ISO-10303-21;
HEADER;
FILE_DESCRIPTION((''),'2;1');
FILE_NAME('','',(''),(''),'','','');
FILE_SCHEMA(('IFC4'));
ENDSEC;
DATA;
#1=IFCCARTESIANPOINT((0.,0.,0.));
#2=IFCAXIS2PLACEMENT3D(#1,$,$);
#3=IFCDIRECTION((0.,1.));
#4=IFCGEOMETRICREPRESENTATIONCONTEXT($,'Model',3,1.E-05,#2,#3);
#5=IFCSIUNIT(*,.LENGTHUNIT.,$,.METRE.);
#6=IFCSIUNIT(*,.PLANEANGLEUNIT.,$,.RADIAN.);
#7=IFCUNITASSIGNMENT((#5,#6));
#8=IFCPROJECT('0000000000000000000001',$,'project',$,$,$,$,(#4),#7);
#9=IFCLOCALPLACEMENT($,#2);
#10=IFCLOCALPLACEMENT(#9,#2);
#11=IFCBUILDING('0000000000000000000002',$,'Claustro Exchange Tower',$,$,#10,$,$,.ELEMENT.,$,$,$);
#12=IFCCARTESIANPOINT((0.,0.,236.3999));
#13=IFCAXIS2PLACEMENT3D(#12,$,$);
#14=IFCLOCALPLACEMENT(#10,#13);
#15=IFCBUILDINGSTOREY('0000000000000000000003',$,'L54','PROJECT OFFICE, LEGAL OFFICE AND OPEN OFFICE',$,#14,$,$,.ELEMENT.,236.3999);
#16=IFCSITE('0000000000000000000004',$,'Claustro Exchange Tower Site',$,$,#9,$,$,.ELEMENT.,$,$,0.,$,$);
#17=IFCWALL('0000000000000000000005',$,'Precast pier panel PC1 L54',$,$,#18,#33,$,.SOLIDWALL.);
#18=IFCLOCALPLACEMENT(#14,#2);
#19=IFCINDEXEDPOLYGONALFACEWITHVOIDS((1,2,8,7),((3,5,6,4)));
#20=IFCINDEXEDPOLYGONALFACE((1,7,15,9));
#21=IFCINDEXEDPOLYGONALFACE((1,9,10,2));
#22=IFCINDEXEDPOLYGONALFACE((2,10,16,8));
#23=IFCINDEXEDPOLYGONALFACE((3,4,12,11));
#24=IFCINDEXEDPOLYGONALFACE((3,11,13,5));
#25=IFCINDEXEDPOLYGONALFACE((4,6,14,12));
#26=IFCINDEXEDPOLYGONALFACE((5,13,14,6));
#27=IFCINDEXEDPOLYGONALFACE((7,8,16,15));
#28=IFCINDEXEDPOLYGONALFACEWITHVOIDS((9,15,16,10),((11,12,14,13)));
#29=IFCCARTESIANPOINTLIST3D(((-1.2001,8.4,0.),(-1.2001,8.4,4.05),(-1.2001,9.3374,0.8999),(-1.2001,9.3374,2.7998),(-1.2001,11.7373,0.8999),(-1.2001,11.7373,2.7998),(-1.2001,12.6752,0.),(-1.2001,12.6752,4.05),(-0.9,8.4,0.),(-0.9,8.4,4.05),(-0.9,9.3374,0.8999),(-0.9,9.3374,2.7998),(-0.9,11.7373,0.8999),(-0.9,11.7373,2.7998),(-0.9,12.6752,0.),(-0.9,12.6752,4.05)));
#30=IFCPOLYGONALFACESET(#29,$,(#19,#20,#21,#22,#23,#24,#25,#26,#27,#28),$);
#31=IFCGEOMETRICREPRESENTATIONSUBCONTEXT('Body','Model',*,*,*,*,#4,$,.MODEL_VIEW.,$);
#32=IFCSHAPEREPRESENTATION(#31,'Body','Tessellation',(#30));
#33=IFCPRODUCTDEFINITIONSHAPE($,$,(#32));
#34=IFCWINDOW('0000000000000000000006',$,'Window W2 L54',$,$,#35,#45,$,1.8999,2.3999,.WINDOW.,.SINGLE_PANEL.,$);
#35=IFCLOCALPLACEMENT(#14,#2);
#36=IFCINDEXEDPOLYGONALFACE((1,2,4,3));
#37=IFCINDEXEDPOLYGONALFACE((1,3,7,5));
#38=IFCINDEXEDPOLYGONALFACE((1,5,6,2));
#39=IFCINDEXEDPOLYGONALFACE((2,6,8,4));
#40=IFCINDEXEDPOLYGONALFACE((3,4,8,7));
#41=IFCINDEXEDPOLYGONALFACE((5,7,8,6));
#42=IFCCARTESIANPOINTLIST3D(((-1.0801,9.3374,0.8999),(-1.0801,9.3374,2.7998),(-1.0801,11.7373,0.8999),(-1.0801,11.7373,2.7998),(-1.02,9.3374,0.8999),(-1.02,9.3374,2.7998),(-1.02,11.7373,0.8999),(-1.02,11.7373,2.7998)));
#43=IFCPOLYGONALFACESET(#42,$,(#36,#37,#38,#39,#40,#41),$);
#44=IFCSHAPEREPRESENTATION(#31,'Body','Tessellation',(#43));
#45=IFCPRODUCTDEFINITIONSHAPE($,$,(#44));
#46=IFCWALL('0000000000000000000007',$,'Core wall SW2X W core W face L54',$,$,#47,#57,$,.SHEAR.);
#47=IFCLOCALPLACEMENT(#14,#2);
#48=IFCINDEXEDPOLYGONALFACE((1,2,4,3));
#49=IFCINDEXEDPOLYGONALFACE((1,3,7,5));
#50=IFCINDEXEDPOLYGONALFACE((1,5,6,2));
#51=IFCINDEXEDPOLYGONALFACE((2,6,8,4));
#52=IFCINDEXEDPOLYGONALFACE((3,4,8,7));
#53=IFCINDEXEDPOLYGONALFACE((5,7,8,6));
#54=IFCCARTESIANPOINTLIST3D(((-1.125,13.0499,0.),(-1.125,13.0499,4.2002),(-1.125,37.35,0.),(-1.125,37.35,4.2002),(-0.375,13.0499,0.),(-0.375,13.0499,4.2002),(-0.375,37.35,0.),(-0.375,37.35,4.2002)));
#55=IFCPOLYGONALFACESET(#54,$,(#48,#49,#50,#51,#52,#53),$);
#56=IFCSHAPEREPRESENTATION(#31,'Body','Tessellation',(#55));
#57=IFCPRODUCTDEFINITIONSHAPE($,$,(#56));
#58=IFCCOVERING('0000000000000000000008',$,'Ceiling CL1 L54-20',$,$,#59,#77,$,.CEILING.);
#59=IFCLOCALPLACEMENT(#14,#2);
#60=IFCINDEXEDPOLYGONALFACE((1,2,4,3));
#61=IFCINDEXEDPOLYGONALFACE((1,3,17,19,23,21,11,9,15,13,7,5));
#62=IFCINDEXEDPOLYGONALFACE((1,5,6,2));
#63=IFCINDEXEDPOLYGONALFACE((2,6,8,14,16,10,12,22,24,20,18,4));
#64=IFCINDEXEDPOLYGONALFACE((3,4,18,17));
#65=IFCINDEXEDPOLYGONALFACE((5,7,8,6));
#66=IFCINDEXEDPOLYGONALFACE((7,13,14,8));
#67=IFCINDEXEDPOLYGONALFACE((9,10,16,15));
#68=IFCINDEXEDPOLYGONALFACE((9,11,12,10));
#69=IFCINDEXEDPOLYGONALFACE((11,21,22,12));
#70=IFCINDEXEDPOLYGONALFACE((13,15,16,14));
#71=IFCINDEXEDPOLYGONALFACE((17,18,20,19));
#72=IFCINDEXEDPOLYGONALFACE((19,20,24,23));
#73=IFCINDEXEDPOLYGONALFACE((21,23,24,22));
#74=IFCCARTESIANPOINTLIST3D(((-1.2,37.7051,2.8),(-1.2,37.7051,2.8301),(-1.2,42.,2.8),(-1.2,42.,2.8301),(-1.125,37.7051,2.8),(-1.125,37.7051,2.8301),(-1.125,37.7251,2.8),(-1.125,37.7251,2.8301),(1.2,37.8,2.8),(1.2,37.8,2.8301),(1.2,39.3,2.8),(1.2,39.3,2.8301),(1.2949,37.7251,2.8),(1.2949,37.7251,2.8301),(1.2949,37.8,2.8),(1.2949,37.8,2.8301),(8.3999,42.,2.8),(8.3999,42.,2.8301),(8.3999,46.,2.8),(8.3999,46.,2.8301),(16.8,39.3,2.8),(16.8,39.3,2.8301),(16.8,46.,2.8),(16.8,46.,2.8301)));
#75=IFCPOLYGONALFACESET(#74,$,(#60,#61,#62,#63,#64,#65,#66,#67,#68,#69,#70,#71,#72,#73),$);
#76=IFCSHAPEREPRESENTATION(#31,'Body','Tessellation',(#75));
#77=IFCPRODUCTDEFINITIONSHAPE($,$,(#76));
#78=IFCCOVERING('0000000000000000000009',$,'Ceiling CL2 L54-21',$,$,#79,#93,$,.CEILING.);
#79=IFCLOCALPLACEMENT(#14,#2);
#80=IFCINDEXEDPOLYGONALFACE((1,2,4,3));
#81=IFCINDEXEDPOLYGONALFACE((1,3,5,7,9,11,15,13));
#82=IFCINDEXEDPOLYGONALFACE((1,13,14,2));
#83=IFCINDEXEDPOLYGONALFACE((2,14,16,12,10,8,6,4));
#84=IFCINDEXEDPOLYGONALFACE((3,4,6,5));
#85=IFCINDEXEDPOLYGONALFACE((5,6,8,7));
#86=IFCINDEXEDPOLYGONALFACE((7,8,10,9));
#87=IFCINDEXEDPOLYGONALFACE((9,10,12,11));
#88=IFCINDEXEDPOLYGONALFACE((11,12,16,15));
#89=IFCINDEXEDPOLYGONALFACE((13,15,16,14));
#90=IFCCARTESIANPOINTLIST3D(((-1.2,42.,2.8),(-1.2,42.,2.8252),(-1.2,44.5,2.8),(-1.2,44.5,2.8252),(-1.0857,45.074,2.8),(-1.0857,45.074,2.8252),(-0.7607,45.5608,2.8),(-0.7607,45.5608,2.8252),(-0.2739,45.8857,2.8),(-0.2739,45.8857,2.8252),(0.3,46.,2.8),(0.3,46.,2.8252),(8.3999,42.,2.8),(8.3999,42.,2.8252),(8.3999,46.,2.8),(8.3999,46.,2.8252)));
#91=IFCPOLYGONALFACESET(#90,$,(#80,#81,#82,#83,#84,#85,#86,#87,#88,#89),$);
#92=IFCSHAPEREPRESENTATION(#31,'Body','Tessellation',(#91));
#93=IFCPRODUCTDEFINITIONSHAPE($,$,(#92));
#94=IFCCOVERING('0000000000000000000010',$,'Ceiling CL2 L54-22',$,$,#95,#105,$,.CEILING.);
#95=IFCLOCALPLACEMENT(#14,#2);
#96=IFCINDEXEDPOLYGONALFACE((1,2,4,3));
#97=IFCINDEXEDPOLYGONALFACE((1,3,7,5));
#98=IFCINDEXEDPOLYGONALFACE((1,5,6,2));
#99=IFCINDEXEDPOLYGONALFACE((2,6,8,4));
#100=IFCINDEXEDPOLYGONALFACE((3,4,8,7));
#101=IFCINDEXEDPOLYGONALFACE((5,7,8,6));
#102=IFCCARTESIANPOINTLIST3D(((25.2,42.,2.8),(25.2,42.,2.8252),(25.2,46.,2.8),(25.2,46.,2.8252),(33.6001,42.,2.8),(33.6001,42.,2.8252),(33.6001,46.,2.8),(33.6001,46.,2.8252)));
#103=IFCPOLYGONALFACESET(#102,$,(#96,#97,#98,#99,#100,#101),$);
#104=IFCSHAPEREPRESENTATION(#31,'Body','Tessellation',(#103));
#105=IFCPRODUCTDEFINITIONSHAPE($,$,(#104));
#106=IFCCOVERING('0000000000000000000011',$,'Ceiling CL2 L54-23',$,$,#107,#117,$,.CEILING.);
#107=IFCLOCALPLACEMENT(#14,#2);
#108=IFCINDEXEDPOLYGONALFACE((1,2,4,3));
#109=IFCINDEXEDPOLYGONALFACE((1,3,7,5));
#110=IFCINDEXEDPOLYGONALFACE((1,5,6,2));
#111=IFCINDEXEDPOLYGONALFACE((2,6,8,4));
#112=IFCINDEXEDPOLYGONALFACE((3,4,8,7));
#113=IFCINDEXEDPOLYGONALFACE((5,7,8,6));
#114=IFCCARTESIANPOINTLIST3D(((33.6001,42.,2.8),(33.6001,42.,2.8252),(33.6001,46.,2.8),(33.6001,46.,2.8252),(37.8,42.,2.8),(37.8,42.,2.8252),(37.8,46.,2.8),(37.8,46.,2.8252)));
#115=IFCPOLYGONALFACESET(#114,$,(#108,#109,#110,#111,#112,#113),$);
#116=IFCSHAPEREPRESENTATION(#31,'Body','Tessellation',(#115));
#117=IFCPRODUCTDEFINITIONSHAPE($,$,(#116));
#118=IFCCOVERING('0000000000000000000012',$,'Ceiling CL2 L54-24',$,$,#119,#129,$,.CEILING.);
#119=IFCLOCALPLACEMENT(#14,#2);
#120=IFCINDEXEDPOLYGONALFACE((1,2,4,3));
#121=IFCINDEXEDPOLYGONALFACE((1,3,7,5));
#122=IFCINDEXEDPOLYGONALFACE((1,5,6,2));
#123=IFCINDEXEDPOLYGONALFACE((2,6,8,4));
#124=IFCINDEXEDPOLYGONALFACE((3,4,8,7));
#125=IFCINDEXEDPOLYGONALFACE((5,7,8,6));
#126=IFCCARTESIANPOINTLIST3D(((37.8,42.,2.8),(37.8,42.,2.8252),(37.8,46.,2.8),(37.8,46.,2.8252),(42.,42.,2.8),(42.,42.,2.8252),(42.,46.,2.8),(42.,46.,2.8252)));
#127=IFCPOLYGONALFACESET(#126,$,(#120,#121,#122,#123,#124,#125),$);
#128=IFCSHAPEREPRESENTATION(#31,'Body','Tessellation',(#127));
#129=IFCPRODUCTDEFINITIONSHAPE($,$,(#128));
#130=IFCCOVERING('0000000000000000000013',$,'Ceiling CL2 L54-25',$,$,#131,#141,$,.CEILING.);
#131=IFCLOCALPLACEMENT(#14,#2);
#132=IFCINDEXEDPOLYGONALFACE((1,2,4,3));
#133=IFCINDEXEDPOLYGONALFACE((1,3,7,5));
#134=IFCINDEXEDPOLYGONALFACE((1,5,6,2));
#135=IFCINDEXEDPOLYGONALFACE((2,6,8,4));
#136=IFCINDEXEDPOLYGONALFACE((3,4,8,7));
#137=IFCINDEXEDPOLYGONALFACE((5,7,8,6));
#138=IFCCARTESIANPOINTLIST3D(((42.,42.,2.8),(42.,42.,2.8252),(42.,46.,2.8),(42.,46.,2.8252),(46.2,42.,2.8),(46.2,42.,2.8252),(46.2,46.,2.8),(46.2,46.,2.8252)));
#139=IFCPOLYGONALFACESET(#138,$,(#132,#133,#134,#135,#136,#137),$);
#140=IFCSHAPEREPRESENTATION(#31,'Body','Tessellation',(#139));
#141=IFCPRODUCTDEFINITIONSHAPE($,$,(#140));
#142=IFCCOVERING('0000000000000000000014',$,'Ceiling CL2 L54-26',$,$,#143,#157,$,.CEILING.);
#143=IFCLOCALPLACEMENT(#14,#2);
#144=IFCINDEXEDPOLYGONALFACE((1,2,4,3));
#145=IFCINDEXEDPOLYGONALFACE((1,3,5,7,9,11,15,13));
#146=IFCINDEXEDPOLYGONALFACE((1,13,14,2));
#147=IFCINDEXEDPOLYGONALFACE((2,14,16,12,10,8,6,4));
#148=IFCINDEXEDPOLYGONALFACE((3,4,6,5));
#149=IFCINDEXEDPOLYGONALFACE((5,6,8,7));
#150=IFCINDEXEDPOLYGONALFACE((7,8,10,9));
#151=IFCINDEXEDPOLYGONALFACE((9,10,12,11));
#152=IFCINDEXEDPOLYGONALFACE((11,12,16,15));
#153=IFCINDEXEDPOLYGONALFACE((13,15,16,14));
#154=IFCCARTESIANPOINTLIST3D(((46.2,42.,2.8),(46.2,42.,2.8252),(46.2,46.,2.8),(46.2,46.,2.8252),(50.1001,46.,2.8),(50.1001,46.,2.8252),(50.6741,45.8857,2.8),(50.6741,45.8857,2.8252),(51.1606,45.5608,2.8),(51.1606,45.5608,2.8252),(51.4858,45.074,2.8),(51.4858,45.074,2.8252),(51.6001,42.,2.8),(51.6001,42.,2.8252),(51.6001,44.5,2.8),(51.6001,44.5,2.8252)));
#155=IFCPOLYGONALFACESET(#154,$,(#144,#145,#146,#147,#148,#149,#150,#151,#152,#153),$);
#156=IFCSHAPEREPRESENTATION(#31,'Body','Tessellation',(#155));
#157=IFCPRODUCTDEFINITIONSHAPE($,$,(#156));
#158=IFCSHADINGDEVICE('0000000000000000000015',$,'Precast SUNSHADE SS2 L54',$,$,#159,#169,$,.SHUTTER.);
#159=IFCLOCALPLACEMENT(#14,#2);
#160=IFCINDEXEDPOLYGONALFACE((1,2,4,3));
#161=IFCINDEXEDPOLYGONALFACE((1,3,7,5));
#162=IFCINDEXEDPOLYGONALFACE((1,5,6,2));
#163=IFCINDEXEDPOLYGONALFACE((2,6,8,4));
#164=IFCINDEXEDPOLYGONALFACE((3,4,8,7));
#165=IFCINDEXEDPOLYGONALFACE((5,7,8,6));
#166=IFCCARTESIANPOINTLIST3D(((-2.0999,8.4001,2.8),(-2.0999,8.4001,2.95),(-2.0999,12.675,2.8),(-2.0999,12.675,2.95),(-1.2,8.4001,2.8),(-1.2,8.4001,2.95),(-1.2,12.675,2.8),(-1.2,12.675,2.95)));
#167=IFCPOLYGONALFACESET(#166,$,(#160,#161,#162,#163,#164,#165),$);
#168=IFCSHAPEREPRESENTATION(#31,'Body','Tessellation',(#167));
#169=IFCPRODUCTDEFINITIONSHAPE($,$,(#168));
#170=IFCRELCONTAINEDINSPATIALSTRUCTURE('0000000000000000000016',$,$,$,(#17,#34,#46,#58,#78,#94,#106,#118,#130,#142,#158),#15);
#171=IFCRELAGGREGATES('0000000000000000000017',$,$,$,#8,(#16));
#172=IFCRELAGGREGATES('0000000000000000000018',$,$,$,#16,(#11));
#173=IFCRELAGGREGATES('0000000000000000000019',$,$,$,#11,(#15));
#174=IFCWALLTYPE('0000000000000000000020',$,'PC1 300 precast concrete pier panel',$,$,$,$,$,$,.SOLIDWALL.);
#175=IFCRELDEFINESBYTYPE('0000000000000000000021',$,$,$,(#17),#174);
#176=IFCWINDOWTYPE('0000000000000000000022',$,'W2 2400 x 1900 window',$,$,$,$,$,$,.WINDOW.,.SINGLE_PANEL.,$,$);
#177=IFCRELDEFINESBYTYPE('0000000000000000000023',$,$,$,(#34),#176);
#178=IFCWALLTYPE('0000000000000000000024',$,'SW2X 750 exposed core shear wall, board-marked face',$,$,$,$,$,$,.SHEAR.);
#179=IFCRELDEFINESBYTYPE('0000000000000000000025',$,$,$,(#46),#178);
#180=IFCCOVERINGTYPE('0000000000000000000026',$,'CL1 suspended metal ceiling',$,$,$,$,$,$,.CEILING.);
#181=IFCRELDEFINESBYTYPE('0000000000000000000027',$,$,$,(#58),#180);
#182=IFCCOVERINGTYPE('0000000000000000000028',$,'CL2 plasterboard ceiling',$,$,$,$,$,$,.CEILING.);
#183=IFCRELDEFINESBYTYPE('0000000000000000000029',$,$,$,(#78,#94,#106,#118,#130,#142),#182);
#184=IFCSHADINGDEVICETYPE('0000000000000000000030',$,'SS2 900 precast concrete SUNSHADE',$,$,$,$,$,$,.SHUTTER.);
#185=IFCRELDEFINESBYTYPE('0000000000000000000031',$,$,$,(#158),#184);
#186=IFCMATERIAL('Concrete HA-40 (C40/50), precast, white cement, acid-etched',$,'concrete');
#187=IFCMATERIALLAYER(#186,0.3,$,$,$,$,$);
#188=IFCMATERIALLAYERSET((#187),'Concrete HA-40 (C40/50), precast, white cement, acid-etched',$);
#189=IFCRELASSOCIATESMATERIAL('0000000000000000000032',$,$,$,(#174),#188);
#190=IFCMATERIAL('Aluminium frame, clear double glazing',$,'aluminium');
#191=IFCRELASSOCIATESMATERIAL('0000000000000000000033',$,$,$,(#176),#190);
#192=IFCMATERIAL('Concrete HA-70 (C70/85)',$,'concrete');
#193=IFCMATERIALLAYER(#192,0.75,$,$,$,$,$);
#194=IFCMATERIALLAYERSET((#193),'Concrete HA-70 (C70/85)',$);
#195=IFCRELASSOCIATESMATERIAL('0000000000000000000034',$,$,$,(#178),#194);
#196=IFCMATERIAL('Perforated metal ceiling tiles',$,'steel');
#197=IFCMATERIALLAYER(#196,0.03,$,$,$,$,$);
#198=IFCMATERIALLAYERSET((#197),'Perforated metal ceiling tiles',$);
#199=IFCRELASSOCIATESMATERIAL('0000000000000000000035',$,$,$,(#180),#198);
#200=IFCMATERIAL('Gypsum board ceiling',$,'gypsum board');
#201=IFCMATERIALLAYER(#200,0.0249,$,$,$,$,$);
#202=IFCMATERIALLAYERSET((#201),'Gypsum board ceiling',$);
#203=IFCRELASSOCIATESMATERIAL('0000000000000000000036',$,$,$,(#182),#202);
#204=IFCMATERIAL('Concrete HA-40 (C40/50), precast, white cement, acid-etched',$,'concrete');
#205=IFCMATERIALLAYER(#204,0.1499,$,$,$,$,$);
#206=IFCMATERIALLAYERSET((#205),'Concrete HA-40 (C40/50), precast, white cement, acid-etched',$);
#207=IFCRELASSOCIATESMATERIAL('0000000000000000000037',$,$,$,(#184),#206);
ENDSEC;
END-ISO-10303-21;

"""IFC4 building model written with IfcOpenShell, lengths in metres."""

from ifc_helpers import new_model, si_unit, direction, frame, frame_2d, origin, origin_2d, place, context, subcontext, project, spatial, polyline, rectangle, outline, extrude, material, layer, layer_set, type_object, element, fill, save


model = new_model("IFC4")

# Units and contexts
model_context = context("Model", 3, precision=1e-05, world=origin(), true_north=direction((0.0, 1.0)))
body_context = subcontext(model_context, "Body", "Model", "MODEL_VIEW")
ifc_project = project(units=[si_unit("LENGTHUNIT", "METRE"), si_unit("PLANEANGLEUNIT", "RADIAN")], contexts=[model_context])

# Site, building, storey
site_placement = place(None, origin())
site = spatial("IfcSite", under=ifc_project, at=site_placement, Name="Claustro Exchange Tower Site", CompositionType="ELEMENT", RefElevation=0.0)
building_placement = place(site_placement, origin())
building = spatial("IfcBuilding", under=site, at=building_placement, Name="Claustro Exchange Tower", CompositionType="ELEMENT")
storey_placement = place(building_placement, frame((0.0, 0.0, 236.3999)))
storey = spatial("IfcBuildingStorey", under=building, at=storey_placement, Name="L54", Description="PROJECT OFFICE, LEGAL OFFICE AND OPEN OFFICE", CompositionType="ELEMENT", Elevation=236.3999)

# Shared definitions
ifc_material_1 = material(Name="Concrete HA-40 (C40/50), precast, white cement, acid-etched", Category="concrete")
ifc_layer_1 = layer(ifc_material_1, 0.3)
ifc_layer_set_1 = layer_set([ifc_layer_1], Name="Concrete HA-40 (C40/50), precast, white cement, acid-etched")
wall_type_1 = type_object("IfcWallType", Name="PC1 300 precast concrete pier panel", PredefinedType="SOLIDWALL", material=ifc_layer_set_1)

# Wall, opening, window
wall_1_placement = place(storey_placement, frame((-1.05, 8.3999, 0.0), z_axis=(0.0, 0.0, 1.0), x_axis=(0.0, 1.0, 0.0)))
wall_1 = element("IfcWall", 1, at=wall_1_placement, inside=storey, type_object=wall_type_1, Name="Precast pier panel PC1 L54", PredefinedType="SOLIDWALL", context=body_context, shape_type="SweptSolid", body=[
    extrude(rectangle(XDim=4.2751, YDim=0.3, at=frame_2d((2.1377, 0.0))), origin(), (0.0, 0.0, 1.0), 4.05),
])
opening_1_placement = place(wall_1_placement, frame((0.9375, 0.0, 0.8999)))
opening_1 = element("IfcOpeningElement", 2, at=opening_1_placement, cuts=wall_1, PredefinedType="OPENING", context=body_context, shape_type="SweptSolid", body=[
    extrude(rectangle(XDim=2.3999, YDim=1.8999, at=frame_2d((1.2, 0.95))), frame((0.0, 0.1599, 0.0), z_axis=(0.0, -1.0, 0.0), x_axis=(1.0, 0.0, 0.0)), (0.0, 0.0, 1.0), 0.3201),
])
ifc_material_2 = material(Name="Aluminium frame, clear double glazing", Category="aluminium")
window_type = type_object("IfcWindowType", Name="W2 2400 x 1900 window", PartitioningType="SINGLE_PANEL", PredefinedType="WINDOW", material=ifc_material_2)
window_placement = place(opening_1_placement, origin())
window = element("IfcWindow", 3, at=window_placement, inside=storey, type_object=window_type, Name="Window W2 L54", OverallHeight=1.8999, OverallWidth=2.3999, PartitioningType="SINGLE_PANEL", PredefinedType="WINDOW", context=body_context, shape_type="SweptSolid", body=[
    extrude(rectangle(XDim=2.3999, YDim=1.8999, at=frame_2d((1.2, 0.95))), frame((0.0, 0.03, 0.0), z_axis=(0.0, -1.0, 0.0), x_axis=(1.0, 0.0, 0.0)), (0.0, 0.0, 1.0), 0.0601),
])
fill(opening_1, window)

# Wall
ifc_material_3 = material(Name="Concrete HA-70 (C70/85)", Category="concrete")
ifc_layer_2 = layer(ifc_material_3, 0.75)
ifc_layer_set_2 = layer_set([ifc_layer_2], Name="Concrete HA-70 (C70/85)")
wall_type_2 = type_object("IfcWallType", Name="SW2X 750 exposed core shear wall, board-marked face", PredefinedType="SHEAR", material=ifc_layer_set_2)
wall_2_placement = place(storey_placement, frame((-0.75, 13.05, 0.0), z_axis=(0.0, 0.0, 1.0), x_axis=(0.0, 1.0, 0.0)))
element("IfcWall", 4, at=wall_2_placement, inside=storey, type_object=wall_type_2, Name="Core wall SW2X W core W face L54", PredefinedType="SHEAR", context=body_context, shape_type="SweptSolid", body=[
    extrude(rectangle(XDim=24.3, YDim=0.75, at=frame_2d((12.1499, 0.0))), origin(), (0.0, 0.0, 1.0), 4.2002),
])

# Coverings
ifc_material_4 = material(Name="Perforated metal ceiling tiles", Category="steel")
ifc_layer_3 = layer(ifc_material_4, 0.03)
ifc_layer_set_3 = layer_set([ifc_layer_3], Name="Perforated metal ceiling tiles")
covering_type_1 = type_object("IfcCoveringType", Name="CL1 suspended metal ceiling", PredefinedType="CEILING", material=ifc_layer_set_3)
covering_1_placement = place(storey_placement, frame((0.0, 0.0, 2.8)))
element("IfcCovering", 5, at=covering_1_placement, inside=storey, type_object=covering_type_1, Name="Ceiling CL1 L54-20", PredefinedType="CEILING", context=body_context, shape_type="SweptSolid", body=[
    extrude(outline(polyline([(-1.125, 37.7251), (1.2949, 37.7251), (1.2949, 37.8), (1.2, 37.8), (1.2, 39.3), (16.8, 39.3), (16.8, 46.0), (8.3999, 46.0), (8.3999, 42.0), (-1.2, 42.0), (-1.2, 37.7051), (-1.125, 37.7051), (-1.125, 37.7251)])), origin(), (0.0, 0.0, 1.0), 0.03),
])
ifc_material_5 = material(Name="Gypsum board ceiling", Category="gypsum board")
ifc_layer_4 = layer(ifc_material_5, 0.0249)
ifc_layer_set_4 = layer_set([ifc_layer_4], Name="Gypsum board ceiling")
covering_type_2 = type_object("IfcCoveringType", Name="CL2 plasterboard ceiling", PredefinedType="CEILING", material=ifc_layer_set_4)
covering_2_placement = place(storey_placement, frame((0.0, 0.0, 2.8)))
element("IfcCovering", 6, at=covering_2_placement, inside=storey, type_object=covering_type_2, Name="Ceiling CL2 L54-21", PredefinedType="CEILING", context=body_context, shape_type="SweptSolid", body=[
    extrude(outline(polyline([(-1.2, 44.5), (-1.2, 42.0), (8.3999, 42.0), (8.3999, 46.0), (0.3, 46.0), (-0.2739, 45.8857), (-0.7607, 45.5608), (-1.0857, 45.074), (-1.2, 44.5)])), origin(), (0.0, 0.0, 1.0), 0.0251),
])
covering_3_placement = place(storey_placement, frame((0.0, 0.0, 2.8)))
element("IfcCovering", 7, at=covering_3_placement, inside=storey, type_object=covering_type_2, Name="Ceiling CL2 L54-22", PredefinedType="CEILING", context=body_context, shape_type="SweptSolid", body=[
    extrude(outline(polyline([(33.6001, 46.0), (25.2, 46.0), (25.2, 42.0), (33.6001, 42.0), (33.6001, 46.0)])), origin(), (0.0, 0.0, 1.0), 0.0251),
])
covering_4_placement = place(storey_placement, frame((0.0, 0.0, 2.8)))
element("IfcCovering", 8, at=covering_4_placement, inside=storey, type_object=covering_type_2, Name="Ceiling CL2 L54-23", PredefinedType="CEILING", context=body_context, shape_type="SweptSolid", body=[
    extrude(outline(polyline([(37.8, 46.0), (33.6001, 46.0), (33.6001, 42.0), (37.8, 42.0), (37.8, 46.0)])), origin(), (0.0, 0.0, 1.0), 0.0251),
])
covering_5_placement = place(storey_placement, frame((0.0, 0.0, 2.8)))
element("IfcCovering", 9, at=covering_5_placement, inside=storey, type_object=covering_type_2, Name="Ceiling CL2 L54-24", PredefinedType="CEILING", context=body_context, shape_type="SweptSolid", body=[
    extrude(outline(polyline([(42.0, 46.0), (37.8, 46.0), (37.8, 42.0), (42.0, 42.0), (42.0, 46.0)])), origin(), (0.0, 0.0, 1.0), 0.0251),
])
covering_6_placement = place(storey_placement, frame((0.0, 0.0, 2.8)))
element("IfcCovering", 10, at=covering_6_placement, inside=storey, type_object=covering_type_2, Name="Ceiling CL2 L54-25", PredefinedType="CEILING", context=body_context, shape_type="SweptSolid", body=[
    extrude(outline(polyline([(46.2, 46.0), (42.0, 46.0), (42.0, 42.0), (46.2, 42.0), (46.2, 46.0)])), origin(), (0.0, 0.0, 1.0), 0.0251),
])
covering_7_placement = place(storey_placement, frame((0.0, 0.0, 2.8)))
element("IfcCovering", 11, at=covering_7_placement, inside=storey, type_object=covering_type_2, Name="Ceiling CL2 L54-26", PredefinedType="CEILING", context=body_context, shape_type="SweptSolid", body=[
    extrude(outline(polyline([(50.1001, 46.0), (46.2, 46.0), (46.2, 42.0), (51.6001, 42.0), (51.6001, 44.5), (51.4858, 45.074), (51.1606, 45.5608), (50.6741, 45.8857), (50.1001, 46.0)])), origin(), (0.0, 0.0, 1.0), 0.0251),
])

# Shading device
ifc_material_6 = material(Name="Concrete HA-40 (C40/50), precast, white cement, acid-etched", Category="concrete")
ifc_layer_5 = layer(ifc_material_6, 0.1499)
ifc_layer_set_5 = layer_set([ifc_layer_5], Name="Concrete HA-40 (C40/50), precast, white cement, acid-etched")
shading_device_type = type_object("IfcShadingDeviceType", Name="SS2 900 precast concrete SUNSHADE", PredefinedType="SHUTTER", material=ifc_layer_set_5)
shading_device_placement = place(storey_placement, frame((-1.6499, 10.5376, 2.8), z_axis=(0.0, 0.0, 1.0), x_axis=(0.0, 1.0, 0.0)))
element("IfcShadingDevice", 12, at=shading_device_placement, inside=storey, type_object=shading_device_type, Name="Precast SUNSHADE SS2 L54", PredefinedType="SHUTTER", context=body_context, shape_type="SweptSolid", body=[
    extrude(rectangle(XDim=4.2749, YDim=0.8999, at=origin_2d()), origin(), (0.0, 0.0, 1.0), 0.1499),
])

save(model, "model.ifc")
